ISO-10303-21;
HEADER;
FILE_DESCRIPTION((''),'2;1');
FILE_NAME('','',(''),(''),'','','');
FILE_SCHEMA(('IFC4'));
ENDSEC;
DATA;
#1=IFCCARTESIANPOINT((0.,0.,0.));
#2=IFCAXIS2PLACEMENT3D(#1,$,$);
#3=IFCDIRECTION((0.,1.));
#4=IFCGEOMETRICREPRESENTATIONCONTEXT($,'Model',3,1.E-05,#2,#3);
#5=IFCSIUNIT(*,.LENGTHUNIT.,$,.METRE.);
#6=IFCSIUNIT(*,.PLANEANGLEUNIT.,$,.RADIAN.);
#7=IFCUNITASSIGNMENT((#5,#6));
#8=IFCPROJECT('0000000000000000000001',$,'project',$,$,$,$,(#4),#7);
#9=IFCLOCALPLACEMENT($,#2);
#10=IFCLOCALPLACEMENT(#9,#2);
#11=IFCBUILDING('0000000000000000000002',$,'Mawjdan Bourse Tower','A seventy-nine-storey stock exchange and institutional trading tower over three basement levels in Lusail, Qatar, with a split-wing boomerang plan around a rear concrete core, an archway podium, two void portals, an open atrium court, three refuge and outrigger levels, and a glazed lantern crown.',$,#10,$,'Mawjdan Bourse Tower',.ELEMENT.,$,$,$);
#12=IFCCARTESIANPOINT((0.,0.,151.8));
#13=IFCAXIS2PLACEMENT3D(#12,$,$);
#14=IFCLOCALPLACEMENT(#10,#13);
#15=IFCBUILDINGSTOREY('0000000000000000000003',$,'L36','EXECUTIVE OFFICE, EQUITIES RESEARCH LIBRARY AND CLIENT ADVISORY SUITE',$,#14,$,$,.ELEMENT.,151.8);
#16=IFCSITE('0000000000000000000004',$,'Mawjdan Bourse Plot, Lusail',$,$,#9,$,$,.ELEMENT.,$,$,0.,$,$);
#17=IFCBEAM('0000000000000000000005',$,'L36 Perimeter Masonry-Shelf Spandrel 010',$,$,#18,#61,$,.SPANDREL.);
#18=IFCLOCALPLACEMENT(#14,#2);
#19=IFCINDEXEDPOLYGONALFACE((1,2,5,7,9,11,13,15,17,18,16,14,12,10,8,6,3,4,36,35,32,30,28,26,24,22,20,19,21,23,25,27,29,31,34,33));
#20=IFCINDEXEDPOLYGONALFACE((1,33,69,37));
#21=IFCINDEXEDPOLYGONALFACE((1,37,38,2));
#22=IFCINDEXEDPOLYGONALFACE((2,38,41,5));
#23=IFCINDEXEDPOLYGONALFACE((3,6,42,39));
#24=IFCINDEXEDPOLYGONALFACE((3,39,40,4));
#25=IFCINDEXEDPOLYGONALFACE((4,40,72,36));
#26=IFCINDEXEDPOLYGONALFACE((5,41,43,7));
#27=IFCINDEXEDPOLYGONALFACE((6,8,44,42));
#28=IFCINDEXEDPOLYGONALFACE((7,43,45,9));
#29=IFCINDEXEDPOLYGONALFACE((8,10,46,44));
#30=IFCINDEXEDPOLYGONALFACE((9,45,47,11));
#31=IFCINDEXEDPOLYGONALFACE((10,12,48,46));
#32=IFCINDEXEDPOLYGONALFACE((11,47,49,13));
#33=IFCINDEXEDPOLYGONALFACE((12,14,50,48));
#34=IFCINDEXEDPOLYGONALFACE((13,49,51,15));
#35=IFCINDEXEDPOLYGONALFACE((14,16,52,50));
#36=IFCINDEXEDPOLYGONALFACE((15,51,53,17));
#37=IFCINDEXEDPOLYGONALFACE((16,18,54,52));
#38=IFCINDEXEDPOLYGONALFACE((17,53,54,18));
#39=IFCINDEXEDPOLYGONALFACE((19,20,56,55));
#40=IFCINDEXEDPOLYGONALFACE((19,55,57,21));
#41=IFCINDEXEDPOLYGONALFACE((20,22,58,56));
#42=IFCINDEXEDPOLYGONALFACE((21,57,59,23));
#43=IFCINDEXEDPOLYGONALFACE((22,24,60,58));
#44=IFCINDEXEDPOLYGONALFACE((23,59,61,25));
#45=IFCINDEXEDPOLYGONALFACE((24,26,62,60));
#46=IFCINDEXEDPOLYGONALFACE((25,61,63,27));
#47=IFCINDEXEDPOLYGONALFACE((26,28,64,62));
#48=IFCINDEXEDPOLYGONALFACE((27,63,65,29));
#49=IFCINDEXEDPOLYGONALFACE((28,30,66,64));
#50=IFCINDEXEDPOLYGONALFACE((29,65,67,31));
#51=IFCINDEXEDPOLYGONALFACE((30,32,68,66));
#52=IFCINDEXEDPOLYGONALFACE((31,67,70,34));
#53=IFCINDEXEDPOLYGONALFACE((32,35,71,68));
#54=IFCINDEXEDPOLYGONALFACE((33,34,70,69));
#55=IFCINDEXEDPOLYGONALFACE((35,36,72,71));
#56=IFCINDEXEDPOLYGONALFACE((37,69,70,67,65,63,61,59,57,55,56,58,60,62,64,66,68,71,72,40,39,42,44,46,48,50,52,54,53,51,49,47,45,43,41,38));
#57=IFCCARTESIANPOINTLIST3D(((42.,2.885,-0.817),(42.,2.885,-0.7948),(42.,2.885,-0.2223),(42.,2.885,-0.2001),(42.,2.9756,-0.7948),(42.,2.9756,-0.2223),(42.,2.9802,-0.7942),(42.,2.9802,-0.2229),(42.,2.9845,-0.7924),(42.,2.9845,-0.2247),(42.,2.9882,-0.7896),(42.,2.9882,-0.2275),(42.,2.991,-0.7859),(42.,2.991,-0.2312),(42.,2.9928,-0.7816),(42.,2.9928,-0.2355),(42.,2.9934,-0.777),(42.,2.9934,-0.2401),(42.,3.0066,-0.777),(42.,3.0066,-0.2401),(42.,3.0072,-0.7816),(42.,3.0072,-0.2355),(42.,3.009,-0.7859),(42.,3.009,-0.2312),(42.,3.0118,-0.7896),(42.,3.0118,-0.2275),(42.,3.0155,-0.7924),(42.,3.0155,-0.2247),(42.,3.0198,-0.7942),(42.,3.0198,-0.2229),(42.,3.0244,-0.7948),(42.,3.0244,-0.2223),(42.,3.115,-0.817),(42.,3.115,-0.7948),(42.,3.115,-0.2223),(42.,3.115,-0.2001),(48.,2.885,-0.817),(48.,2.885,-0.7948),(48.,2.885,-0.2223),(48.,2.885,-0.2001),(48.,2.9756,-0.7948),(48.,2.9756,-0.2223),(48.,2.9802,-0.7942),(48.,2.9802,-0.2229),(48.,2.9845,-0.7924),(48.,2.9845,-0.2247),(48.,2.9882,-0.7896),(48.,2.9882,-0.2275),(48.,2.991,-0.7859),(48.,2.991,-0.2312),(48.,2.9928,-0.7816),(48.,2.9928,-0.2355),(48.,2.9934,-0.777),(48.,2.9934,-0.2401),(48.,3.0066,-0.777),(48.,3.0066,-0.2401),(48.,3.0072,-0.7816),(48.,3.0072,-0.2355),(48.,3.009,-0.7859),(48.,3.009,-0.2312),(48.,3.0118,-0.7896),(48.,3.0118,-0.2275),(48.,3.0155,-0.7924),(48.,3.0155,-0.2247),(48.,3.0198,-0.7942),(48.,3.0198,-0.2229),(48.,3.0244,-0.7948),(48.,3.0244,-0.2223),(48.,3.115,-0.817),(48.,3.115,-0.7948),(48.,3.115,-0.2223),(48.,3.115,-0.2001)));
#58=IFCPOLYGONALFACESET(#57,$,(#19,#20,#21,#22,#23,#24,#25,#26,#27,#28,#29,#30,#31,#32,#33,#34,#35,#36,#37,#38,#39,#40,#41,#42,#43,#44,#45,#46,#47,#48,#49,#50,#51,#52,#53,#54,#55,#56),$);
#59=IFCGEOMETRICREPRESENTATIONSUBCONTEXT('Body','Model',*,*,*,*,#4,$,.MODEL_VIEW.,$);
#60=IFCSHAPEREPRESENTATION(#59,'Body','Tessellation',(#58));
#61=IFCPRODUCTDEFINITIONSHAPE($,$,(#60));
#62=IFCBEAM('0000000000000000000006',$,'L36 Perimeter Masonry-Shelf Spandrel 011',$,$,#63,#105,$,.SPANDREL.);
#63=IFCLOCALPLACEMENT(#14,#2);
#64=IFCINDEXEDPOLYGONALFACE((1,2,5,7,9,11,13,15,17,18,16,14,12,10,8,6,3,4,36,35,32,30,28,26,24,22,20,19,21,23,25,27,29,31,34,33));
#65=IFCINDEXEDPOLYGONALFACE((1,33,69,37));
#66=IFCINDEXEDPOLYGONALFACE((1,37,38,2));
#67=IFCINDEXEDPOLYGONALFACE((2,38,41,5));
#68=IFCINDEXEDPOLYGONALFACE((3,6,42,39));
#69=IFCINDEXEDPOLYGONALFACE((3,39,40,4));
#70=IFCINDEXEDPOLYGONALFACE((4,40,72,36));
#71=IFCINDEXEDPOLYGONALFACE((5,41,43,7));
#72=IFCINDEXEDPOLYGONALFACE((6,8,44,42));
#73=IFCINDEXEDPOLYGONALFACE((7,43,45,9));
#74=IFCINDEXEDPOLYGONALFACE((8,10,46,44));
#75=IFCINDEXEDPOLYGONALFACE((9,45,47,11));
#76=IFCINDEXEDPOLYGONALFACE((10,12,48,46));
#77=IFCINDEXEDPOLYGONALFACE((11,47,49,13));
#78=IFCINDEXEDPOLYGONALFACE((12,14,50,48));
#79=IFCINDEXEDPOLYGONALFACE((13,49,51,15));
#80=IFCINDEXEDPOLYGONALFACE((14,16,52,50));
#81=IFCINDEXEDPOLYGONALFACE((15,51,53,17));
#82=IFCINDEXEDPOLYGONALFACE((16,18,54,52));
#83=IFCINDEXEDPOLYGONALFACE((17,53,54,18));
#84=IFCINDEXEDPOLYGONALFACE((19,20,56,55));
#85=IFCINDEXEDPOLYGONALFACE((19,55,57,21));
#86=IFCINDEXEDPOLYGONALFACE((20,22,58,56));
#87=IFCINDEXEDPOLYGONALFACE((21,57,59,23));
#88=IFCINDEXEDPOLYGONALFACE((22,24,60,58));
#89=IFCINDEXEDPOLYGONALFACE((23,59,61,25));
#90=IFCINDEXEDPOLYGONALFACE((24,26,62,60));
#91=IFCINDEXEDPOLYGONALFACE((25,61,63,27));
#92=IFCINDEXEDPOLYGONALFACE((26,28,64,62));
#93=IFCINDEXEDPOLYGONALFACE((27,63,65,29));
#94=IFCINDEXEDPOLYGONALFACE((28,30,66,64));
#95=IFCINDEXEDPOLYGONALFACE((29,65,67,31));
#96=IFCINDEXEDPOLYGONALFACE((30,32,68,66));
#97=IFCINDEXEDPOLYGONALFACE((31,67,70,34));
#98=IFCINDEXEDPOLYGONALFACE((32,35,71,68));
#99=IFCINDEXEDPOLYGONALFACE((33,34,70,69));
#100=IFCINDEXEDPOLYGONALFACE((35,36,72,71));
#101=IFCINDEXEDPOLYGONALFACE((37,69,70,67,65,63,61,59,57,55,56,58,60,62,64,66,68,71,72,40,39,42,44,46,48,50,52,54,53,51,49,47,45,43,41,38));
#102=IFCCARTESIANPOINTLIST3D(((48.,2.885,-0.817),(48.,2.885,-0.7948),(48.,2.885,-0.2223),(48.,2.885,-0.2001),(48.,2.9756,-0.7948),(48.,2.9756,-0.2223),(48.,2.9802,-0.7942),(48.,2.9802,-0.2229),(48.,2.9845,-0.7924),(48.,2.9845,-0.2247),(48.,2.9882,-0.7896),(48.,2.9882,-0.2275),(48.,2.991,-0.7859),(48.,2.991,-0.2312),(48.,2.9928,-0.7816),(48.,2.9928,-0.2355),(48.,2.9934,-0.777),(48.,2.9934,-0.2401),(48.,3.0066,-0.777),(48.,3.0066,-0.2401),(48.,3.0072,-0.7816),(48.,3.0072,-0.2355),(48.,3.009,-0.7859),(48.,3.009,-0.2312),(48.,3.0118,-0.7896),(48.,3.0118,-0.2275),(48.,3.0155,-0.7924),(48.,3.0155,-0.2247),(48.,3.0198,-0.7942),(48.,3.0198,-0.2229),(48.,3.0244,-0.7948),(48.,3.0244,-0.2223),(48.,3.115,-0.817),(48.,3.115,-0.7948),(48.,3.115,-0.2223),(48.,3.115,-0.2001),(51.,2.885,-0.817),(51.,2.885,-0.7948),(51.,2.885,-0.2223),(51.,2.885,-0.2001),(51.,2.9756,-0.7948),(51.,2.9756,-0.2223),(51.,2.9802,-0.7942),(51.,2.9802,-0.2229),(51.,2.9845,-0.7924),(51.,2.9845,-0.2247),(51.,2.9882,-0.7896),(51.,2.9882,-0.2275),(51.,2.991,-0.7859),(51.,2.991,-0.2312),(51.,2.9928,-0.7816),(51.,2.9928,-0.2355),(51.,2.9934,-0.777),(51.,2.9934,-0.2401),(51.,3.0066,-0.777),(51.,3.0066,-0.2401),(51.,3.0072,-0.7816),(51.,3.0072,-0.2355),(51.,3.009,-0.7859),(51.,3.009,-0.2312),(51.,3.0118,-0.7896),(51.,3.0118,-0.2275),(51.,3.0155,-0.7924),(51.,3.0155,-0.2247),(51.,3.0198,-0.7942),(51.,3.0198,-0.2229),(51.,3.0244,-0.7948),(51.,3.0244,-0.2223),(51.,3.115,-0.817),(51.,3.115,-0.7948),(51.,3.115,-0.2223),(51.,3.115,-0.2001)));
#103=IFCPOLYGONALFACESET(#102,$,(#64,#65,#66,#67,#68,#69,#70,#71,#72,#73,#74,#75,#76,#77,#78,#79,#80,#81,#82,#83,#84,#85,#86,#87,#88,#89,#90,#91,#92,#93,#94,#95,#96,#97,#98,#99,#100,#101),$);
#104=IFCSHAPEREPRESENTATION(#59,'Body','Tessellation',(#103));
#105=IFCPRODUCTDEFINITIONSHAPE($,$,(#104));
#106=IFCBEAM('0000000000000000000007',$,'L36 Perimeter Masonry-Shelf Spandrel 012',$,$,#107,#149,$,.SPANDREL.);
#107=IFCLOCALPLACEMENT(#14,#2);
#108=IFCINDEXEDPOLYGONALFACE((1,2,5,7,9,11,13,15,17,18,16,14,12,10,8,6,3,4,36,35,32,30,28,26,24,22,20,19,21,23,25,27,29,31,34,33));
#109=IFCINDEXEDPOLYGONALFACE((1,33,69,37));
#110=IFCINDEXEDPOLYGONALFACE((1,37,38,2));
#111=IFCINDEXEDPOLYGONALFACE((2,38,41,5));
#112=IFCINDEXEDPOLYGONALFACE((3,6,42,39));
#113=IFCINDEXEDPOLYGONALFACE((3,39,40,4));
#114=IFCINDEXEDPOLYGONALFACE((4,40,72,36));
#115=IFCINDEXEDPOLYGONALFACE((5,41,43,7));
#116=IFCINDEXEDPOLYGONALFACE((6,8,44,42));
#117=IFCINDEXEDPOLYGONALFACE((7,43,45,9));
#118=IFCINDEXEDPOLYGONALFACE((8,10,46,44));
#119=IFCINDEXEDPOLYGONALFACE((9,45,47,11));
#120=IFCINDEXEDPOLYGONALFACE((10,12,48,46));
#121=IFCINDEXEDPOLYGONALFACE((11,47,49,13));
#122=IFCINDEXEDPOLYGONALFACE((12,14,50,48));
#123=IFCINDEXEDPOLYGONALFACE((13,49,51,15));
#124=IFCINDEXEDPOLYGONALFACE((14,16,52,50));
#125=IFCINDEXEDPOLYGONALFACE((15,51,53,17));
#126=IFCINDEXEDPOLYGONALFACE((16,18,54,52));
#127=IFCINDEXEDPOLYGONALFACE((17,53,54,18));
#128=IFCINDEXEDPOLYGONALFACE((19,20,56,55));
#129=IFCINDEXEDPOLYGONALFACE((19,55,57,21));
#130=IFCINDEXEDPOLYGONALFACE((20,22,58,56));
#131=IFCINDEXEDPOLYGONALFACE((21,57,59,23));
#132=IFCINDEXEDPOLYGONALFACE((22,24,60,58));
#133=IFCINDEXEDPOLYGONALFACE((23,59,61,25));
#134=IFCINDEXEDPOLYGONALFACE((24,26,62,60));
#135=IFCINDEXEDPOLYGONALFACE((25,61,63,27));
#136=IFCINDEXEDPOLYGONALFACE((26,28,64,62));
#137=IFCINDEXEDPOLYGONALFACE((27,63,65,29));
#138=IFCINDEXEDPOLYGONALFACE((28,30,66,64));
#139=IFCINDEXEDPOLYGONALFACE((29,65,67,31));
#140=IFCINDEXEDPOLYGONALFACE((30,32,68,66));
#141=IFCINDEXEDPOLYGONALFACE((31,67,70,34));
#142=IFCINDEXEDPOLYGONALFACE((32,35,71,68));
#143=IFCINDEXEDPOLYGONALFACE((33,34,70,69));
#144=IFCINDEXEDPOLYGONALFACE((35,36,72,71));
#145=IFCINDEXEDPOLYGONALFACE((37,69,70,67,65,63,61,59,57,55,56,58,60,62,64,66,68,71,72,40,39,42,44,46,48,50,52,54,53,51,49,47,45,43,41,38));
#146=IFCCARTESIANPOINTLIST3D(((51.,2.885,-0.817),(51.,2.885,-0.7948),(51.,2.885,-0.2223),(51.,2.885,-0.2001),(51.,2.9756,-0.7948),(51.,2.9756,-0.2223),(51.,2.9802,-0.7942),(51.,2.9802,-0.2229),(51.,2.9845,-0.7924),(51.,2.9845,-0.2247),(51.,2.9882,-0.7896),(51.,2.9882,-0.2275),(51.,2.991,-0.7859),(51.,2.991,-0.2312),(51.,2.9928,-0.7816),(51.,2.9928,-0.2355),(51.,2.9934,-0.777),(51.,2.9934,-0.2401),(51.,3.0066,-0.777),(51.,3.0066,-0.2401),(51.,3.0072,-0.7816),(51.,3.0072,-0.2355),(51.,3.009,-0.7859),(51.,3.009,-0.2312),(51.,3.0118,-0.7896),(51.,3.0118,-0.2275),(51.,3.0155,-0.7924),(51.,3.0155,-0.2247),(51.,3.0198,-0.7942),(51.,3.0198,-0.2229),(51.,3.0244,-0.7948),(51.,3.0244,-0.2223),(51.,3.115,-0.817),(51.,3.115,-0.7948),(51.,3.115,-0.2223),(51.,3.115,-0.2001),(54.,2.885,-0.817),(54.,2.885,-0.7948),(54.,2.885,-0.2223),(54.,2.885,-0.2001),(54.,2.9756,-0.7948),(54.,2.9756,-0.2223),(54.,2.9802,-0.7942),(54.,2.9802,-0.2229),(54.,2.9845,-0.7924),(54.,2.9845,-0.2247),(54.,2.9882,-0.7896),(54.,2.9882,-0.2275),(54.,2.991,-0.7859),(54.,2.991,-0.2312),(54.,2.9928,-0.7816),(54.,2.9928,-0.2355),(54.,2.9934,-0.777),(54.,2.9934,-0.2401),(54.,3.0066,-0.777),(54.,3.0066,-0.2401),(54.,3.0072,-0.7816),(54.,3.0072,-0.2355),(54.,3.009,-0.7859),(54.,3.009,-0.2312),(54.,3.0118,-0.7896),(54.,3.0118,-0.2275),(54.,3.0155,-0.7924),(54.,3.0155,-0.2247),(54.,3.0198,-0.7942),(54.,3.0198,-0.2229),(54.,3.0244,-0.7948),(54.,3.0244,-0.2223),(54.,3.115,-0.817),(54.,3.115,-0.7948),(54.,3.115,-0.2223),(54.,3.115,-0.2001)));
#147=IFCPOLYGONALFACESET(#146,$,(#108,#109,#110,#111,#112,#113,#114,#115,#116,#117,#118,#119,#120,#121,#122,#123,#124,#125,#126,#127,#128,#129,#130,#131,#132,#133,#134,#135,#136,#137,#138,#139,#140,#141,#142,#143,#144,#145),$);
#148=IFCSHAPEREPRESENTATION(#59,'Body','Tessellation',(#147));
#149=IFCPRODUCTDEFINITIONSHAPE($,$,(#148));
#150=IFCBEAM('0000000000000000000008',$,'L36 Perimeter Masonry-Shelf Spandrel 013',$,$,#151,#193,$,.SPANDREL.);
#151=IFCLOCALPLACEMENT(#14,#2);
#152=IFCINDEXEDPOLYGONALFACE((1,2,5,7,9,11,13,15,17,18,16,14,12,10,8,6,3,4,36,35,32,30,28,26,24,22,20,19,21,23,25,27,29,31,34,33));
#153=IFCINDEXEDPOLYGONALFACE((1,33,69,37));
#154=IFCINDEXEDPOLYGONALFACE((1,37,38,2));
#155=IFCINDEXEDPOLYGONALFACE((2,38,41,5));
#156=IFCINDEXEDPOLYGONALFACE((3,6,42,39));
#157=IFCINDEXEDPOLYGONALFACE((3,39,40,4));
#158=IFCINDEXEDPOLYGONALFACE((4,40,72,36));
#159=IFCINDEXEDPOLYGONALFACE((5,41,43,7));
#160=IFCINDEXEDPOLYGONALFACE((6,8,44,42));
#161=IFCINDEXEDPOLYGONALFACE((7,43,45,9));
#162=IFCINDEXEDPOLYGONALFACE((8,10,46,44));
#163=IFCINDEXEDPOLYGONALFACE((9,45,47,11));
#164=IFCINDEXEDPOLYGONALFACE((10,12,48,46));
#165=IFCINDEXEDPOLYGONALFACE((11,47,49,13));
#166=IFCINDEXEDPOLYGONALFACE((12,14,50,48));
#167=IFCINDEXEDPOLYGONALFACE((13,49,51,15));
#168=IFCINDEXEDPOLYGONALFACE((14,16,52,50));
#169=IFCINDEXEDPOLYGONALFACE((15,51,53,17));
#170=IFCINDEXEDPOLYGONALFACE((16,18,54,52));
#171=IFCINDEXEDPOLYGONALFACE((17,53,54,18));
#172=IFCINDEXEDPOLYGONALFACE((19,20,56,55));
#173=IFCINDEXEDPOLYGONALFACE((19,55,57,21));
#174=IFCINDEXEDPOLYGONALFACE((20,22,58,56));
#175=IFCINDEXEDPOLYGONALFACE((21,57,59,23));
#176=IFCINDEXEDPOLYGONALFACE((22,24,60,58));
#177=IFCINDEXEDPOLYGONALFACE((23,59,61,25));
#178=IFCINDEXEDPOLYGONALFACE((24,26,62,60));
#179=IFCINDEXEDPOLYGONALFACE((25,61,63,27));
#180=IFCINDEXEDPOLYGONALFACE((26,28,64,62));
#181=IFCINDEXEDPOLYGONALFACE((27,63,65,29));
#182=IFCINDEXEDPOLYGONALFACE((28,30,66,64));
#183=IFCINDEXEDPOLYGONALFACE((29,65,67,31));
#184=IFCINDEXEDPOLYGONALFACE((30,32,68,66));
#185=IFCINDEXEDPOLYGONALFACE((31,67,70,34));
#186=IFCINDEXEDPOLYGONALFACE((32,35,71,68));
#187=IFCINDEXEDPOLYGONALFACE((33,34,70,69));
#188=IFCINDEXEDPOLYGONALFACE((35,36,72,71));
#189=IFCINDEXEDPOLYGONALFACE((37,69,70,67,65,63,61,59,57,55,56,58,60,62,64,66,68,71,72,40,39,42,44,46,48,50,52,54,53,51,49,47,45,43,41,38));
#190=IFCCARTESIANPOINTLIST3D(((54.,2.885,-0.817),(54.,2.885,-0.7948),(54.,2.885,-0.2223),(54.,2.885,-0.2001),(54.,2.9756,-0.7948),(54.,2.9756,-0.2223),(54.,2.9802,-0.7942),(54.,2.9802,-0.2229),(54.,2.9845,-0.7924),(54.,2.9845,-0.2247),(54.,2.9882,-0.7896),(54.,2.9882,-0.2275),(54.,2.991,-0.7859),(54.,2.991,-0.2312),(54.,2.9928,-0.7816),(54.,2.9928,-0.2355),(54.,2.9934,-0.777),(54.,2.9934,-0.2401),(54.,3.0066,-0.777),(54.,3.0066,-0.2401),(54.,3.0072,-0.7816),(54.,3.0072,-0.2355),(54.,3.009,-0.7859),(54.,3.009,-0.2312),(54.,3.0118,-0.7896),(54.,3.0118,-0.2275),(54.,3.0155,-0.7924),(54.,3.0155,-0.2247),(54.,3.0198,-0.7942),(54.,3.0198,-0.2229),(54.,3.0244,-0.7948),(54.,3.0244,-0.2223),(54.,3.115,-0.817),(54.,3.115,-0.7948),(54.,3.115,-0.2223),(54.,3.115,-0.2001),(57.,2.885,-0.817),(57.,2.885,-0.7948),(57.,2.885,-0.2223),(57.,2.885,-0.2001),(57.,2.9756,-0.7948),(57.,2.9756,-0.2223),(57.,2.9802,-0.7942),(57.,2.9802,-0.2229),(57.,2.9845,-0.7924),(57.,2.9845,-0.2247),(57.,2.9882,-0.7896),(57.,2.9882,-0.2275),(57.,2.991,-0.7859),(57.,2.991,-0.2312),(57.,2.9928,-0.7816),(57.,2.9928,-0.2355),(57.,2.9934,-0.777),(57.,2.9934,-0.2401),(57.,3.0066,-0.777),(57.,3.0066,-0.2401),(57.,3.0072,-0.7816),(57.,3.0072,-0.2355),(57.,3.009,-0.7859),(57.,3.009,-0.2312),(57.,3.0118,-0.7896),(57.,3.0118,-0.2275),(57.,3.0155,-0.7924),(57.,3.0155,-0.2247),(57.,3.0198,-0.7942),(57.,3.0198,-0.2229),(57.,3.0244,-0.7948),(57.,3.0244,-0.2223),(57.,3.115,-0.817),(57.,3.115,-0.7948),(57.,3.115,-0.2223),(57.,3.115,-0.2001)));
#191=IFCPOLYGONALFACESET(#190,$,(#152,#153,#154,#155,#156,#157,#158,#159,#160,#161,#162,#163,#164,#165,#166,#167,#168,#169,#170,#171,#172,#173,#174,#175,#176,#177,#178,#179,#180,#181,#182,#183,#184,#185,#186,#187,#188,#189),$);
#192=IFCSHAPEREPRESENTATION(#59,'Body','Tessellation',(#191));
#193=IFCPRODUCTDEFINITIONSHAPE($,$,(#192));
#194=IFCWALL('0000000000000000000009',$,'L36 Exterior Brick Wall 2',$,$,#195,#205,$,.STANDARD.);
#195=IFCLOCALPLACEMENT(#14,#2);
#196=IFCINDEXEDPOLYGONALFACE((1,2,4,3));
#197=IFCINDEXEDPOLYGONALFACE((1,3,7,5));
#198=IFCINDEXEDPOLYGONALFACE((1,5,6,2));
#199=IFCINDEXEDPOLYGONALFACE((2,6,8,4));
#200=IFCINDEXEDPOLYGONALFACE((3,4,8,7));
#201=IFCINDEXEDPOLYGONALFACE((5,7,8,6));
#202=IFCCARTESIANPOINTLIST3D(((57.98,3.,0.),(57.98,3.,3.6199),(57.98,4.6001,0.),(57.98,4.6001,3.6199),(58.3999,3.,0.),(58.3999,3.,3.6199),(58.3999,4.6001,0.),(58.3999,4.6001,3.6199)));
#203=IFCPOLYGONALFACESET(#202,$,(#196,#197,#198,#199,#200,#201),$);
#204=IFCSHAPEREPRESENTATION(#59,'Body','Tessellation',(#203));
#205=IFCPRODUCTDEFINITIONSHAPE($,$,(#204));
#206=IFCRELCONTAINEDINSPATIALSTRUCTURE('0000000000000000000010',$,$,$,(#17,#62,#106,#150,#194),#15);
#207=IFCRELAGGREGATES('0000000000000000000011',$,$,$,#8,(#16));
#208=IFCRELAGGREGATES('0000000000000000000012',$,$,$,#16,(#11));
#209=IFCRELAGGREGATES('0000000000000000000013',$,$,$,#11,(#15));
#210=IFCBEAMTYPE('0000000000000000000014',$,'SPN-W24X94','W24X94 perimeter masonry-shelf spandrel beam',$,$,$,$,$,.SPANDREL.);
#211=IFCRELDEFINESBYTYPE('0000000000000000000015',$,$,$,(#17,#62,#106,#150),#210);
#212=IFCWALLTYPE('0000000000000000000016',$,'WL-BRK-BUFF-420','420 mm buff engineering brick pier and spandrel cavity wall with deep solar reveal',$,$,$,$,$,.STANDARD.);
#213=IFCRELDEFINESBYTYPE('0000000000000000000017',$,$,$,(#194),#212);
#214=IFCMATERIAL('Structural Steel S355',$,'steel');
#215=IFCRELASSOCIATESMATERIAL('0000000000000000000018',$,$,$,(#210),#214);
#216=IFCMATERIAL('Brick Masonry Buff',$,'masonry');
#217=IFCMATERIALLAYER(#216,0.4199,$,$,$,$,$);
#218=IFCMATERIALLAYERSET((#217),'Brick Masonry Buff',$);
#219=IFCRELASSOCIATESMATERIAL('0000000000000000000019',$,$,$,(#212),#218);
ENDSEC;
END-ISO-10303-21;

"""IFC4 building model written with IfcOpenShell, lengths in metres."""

from ifc_helpers import new_model, si_unit, direction, frame, frame_2d, origin, origin_2d, place, context, subcontext, project, spatial, rectangle, i_section, extrude, material, layer, layer_set, material_profile, profile_set, type_object, element, save


model = new_model("IFC4")

# Units and contexts
model_context = context("Model", 3, precision=1e-05, world=origin(), true_north=direction((0.0, 1.0)))
body_context = subcontext(model_context, "Body", "Model", "MODEL_VIEW")
ifc_project = project(units=[si_unit("LENGTHUNIT", "METRE"), si_unit("PLANEANGLEUNIT", "RADIAN")], contexts=[model_context])

# Site, building, storey
site_placement = place(None, origin())
site = spatial("IfcSite", under=ifc_project, at=site_placement, Name="Mawjdan Bourse Plot, Lusail", CompositionType="ELEMENT", RefElevation=0.0)
building_placement = place(site_placement, origin())
building = spatial("IfcBuilding", under=site, at=building_placement, Name="Mawjdan Bourse Tower", Description="A seventy-nine-storey stock exchange and institutional trading tower over three basement levels in Lusail, Qatar, with a split-wing boomerang plan around a rear concrete core, an archway podium, two void portals, an open atrium court, three refuge and outrigger levels, and a glazed lantern crown.", LongName="Mawjdan Bourse Tower", CompositionType="ELEMENT")
storey_placement = place(building_placement, frame((0.0, 0.0, 151.8)))
storey = spatial("IfcBuildingStorey", under=building, at=storey_placement, Name="L36", Description="EXECUTIVE OFFICE, EQUITIES RESEARCH LIBRARY AND CLIENT ADVISORY SUITE", CompositionType="ELEMENT", Elevation=151.8)

# Beams
ifc_material_1 = material(Name="Structural Steel S355", Category="steel")
ifc_material_profile_1 = material_profile(ifc_material_1, i_section(OverallWidth=0.23, OverallDepth=0.6169, WebThickness=0.0132, FlangeThickness=0.0222, FilletRadius=0.0178, at=origin_2d()), Name="W24X94")
ifc_profile_set_1 = profile_set([ifc_material_profile_1], Name="Structural Steel S355")
beam_type_1 = type_object("IfcBeamType", Name="SPN-W24X94", Description="W24X94 perimeter masonry-shelf spandrel beam", PredefinedType="SPANDREL", material=ifc_profile_set_1)
beam_1_placement = place(storey_placement, frame((42.0, 3.0, -0.5085), z_axis=(1.0, 0.0, 0.0), x_axis=(0.0, 1.0, 0.0)))
element("IfcBeam", 1, at=beam_1_placement, inside=storey, type_object=beam_type_1, Name="L36 Perimeter Masonry-Shelf Spandrel 010", PredefinedType="SPANDREL", context=body_context, shape_type="SweptSolid", body=[
    extrude(i_section(OverallWidth=0.23, OverallDepth=0.6169, WebThickness=0.0132, FlangeThickness=0.0222, FilletRadius=0.0178, at=origin_2d()), origin(), (0.0, 0.0, 1.0), 6.0),
])
for number, where, z_axis, x_axis, name in (
    (2, (48.0, 3.0, -0.5085), (1.0, 0.0, 0.0), (0.0, 1.0, 0.0), "L36 Perimeter Masonry-Shelf Spandrel 011"),
    (3, (51.0, 3.0, -0.5085), (1.0, 0.0, 0.0), (0.0, 1.0, 0.0), "L36 Perimeter Masonry-Shelf Spandrel 012"),
    (4, (54.0, 3.0, -0.5085), (1.0, 0.0, 0.0), (0.0, 1.0, 0.0), "L36 Perimeter Masonry-Shelf Spandrel 013"),
):
    element("IfcBeam", number, at=place(storey_placement, frame(where, z_axis=z_axis, x_axis=x_axis)), inside=storey, type_object=beam_type_1, Name=name, PredefinedType="SPANDREL", context=body_context, shape_type="SweptSolid", body=[
        extrude(i_section(OverallWidth=0.23, OverallDepth=0.6169, WebThickness=0.0132, FlangeThickness=0.0222, FilletRadius=0.0178, at=origin_2d()), origin(), (0.0, 0.0, 1.0), 3.0),
    ])

# Wall
ifc_material_2 = material(Name="Brick Masonry Buff", Category="masonry")
ifc_layer_1 = layer(ifc_material_2, 0.4199)
ifc_layer_set_1 = layer_set([ifc_layer_1], Name="Brick Masonry Buff")
wall_type_1 = type_object("IfcWallType", Name="WL-BRK-BUFF-420", Description="420 mm buff engineering brick pier and spandrel cavity wall with deep solar reveal", PredefinedType="STANDARD", material=ifc_layer_set_1)
for number, where, z_axis, x_axis, name in (
    (5, (58.1899, 3.0, 0.0), (0.0, 0.0, 1.0), (0.0, 1.0, 0.0), "L36 Exterior Brick Wall 2"),
):
    element("IfcWall", number, at=place(storey_placement, frame(where, z_axis=z_axis, x_axis=x_axis)), inside=storey, type_object=wall_type_1, Name=name, PredefinedType="STANDARD", context=body_context, shape_type="SweptSolid", body=[
        extrude(rectangle(XDim=1.6001, YDim=0.4199, at=frame_2d((0.8, 0.0))), origin(), (0.0, 0.0, 1.0), 3.6199),
    ])

save(model, "model.ifc")
